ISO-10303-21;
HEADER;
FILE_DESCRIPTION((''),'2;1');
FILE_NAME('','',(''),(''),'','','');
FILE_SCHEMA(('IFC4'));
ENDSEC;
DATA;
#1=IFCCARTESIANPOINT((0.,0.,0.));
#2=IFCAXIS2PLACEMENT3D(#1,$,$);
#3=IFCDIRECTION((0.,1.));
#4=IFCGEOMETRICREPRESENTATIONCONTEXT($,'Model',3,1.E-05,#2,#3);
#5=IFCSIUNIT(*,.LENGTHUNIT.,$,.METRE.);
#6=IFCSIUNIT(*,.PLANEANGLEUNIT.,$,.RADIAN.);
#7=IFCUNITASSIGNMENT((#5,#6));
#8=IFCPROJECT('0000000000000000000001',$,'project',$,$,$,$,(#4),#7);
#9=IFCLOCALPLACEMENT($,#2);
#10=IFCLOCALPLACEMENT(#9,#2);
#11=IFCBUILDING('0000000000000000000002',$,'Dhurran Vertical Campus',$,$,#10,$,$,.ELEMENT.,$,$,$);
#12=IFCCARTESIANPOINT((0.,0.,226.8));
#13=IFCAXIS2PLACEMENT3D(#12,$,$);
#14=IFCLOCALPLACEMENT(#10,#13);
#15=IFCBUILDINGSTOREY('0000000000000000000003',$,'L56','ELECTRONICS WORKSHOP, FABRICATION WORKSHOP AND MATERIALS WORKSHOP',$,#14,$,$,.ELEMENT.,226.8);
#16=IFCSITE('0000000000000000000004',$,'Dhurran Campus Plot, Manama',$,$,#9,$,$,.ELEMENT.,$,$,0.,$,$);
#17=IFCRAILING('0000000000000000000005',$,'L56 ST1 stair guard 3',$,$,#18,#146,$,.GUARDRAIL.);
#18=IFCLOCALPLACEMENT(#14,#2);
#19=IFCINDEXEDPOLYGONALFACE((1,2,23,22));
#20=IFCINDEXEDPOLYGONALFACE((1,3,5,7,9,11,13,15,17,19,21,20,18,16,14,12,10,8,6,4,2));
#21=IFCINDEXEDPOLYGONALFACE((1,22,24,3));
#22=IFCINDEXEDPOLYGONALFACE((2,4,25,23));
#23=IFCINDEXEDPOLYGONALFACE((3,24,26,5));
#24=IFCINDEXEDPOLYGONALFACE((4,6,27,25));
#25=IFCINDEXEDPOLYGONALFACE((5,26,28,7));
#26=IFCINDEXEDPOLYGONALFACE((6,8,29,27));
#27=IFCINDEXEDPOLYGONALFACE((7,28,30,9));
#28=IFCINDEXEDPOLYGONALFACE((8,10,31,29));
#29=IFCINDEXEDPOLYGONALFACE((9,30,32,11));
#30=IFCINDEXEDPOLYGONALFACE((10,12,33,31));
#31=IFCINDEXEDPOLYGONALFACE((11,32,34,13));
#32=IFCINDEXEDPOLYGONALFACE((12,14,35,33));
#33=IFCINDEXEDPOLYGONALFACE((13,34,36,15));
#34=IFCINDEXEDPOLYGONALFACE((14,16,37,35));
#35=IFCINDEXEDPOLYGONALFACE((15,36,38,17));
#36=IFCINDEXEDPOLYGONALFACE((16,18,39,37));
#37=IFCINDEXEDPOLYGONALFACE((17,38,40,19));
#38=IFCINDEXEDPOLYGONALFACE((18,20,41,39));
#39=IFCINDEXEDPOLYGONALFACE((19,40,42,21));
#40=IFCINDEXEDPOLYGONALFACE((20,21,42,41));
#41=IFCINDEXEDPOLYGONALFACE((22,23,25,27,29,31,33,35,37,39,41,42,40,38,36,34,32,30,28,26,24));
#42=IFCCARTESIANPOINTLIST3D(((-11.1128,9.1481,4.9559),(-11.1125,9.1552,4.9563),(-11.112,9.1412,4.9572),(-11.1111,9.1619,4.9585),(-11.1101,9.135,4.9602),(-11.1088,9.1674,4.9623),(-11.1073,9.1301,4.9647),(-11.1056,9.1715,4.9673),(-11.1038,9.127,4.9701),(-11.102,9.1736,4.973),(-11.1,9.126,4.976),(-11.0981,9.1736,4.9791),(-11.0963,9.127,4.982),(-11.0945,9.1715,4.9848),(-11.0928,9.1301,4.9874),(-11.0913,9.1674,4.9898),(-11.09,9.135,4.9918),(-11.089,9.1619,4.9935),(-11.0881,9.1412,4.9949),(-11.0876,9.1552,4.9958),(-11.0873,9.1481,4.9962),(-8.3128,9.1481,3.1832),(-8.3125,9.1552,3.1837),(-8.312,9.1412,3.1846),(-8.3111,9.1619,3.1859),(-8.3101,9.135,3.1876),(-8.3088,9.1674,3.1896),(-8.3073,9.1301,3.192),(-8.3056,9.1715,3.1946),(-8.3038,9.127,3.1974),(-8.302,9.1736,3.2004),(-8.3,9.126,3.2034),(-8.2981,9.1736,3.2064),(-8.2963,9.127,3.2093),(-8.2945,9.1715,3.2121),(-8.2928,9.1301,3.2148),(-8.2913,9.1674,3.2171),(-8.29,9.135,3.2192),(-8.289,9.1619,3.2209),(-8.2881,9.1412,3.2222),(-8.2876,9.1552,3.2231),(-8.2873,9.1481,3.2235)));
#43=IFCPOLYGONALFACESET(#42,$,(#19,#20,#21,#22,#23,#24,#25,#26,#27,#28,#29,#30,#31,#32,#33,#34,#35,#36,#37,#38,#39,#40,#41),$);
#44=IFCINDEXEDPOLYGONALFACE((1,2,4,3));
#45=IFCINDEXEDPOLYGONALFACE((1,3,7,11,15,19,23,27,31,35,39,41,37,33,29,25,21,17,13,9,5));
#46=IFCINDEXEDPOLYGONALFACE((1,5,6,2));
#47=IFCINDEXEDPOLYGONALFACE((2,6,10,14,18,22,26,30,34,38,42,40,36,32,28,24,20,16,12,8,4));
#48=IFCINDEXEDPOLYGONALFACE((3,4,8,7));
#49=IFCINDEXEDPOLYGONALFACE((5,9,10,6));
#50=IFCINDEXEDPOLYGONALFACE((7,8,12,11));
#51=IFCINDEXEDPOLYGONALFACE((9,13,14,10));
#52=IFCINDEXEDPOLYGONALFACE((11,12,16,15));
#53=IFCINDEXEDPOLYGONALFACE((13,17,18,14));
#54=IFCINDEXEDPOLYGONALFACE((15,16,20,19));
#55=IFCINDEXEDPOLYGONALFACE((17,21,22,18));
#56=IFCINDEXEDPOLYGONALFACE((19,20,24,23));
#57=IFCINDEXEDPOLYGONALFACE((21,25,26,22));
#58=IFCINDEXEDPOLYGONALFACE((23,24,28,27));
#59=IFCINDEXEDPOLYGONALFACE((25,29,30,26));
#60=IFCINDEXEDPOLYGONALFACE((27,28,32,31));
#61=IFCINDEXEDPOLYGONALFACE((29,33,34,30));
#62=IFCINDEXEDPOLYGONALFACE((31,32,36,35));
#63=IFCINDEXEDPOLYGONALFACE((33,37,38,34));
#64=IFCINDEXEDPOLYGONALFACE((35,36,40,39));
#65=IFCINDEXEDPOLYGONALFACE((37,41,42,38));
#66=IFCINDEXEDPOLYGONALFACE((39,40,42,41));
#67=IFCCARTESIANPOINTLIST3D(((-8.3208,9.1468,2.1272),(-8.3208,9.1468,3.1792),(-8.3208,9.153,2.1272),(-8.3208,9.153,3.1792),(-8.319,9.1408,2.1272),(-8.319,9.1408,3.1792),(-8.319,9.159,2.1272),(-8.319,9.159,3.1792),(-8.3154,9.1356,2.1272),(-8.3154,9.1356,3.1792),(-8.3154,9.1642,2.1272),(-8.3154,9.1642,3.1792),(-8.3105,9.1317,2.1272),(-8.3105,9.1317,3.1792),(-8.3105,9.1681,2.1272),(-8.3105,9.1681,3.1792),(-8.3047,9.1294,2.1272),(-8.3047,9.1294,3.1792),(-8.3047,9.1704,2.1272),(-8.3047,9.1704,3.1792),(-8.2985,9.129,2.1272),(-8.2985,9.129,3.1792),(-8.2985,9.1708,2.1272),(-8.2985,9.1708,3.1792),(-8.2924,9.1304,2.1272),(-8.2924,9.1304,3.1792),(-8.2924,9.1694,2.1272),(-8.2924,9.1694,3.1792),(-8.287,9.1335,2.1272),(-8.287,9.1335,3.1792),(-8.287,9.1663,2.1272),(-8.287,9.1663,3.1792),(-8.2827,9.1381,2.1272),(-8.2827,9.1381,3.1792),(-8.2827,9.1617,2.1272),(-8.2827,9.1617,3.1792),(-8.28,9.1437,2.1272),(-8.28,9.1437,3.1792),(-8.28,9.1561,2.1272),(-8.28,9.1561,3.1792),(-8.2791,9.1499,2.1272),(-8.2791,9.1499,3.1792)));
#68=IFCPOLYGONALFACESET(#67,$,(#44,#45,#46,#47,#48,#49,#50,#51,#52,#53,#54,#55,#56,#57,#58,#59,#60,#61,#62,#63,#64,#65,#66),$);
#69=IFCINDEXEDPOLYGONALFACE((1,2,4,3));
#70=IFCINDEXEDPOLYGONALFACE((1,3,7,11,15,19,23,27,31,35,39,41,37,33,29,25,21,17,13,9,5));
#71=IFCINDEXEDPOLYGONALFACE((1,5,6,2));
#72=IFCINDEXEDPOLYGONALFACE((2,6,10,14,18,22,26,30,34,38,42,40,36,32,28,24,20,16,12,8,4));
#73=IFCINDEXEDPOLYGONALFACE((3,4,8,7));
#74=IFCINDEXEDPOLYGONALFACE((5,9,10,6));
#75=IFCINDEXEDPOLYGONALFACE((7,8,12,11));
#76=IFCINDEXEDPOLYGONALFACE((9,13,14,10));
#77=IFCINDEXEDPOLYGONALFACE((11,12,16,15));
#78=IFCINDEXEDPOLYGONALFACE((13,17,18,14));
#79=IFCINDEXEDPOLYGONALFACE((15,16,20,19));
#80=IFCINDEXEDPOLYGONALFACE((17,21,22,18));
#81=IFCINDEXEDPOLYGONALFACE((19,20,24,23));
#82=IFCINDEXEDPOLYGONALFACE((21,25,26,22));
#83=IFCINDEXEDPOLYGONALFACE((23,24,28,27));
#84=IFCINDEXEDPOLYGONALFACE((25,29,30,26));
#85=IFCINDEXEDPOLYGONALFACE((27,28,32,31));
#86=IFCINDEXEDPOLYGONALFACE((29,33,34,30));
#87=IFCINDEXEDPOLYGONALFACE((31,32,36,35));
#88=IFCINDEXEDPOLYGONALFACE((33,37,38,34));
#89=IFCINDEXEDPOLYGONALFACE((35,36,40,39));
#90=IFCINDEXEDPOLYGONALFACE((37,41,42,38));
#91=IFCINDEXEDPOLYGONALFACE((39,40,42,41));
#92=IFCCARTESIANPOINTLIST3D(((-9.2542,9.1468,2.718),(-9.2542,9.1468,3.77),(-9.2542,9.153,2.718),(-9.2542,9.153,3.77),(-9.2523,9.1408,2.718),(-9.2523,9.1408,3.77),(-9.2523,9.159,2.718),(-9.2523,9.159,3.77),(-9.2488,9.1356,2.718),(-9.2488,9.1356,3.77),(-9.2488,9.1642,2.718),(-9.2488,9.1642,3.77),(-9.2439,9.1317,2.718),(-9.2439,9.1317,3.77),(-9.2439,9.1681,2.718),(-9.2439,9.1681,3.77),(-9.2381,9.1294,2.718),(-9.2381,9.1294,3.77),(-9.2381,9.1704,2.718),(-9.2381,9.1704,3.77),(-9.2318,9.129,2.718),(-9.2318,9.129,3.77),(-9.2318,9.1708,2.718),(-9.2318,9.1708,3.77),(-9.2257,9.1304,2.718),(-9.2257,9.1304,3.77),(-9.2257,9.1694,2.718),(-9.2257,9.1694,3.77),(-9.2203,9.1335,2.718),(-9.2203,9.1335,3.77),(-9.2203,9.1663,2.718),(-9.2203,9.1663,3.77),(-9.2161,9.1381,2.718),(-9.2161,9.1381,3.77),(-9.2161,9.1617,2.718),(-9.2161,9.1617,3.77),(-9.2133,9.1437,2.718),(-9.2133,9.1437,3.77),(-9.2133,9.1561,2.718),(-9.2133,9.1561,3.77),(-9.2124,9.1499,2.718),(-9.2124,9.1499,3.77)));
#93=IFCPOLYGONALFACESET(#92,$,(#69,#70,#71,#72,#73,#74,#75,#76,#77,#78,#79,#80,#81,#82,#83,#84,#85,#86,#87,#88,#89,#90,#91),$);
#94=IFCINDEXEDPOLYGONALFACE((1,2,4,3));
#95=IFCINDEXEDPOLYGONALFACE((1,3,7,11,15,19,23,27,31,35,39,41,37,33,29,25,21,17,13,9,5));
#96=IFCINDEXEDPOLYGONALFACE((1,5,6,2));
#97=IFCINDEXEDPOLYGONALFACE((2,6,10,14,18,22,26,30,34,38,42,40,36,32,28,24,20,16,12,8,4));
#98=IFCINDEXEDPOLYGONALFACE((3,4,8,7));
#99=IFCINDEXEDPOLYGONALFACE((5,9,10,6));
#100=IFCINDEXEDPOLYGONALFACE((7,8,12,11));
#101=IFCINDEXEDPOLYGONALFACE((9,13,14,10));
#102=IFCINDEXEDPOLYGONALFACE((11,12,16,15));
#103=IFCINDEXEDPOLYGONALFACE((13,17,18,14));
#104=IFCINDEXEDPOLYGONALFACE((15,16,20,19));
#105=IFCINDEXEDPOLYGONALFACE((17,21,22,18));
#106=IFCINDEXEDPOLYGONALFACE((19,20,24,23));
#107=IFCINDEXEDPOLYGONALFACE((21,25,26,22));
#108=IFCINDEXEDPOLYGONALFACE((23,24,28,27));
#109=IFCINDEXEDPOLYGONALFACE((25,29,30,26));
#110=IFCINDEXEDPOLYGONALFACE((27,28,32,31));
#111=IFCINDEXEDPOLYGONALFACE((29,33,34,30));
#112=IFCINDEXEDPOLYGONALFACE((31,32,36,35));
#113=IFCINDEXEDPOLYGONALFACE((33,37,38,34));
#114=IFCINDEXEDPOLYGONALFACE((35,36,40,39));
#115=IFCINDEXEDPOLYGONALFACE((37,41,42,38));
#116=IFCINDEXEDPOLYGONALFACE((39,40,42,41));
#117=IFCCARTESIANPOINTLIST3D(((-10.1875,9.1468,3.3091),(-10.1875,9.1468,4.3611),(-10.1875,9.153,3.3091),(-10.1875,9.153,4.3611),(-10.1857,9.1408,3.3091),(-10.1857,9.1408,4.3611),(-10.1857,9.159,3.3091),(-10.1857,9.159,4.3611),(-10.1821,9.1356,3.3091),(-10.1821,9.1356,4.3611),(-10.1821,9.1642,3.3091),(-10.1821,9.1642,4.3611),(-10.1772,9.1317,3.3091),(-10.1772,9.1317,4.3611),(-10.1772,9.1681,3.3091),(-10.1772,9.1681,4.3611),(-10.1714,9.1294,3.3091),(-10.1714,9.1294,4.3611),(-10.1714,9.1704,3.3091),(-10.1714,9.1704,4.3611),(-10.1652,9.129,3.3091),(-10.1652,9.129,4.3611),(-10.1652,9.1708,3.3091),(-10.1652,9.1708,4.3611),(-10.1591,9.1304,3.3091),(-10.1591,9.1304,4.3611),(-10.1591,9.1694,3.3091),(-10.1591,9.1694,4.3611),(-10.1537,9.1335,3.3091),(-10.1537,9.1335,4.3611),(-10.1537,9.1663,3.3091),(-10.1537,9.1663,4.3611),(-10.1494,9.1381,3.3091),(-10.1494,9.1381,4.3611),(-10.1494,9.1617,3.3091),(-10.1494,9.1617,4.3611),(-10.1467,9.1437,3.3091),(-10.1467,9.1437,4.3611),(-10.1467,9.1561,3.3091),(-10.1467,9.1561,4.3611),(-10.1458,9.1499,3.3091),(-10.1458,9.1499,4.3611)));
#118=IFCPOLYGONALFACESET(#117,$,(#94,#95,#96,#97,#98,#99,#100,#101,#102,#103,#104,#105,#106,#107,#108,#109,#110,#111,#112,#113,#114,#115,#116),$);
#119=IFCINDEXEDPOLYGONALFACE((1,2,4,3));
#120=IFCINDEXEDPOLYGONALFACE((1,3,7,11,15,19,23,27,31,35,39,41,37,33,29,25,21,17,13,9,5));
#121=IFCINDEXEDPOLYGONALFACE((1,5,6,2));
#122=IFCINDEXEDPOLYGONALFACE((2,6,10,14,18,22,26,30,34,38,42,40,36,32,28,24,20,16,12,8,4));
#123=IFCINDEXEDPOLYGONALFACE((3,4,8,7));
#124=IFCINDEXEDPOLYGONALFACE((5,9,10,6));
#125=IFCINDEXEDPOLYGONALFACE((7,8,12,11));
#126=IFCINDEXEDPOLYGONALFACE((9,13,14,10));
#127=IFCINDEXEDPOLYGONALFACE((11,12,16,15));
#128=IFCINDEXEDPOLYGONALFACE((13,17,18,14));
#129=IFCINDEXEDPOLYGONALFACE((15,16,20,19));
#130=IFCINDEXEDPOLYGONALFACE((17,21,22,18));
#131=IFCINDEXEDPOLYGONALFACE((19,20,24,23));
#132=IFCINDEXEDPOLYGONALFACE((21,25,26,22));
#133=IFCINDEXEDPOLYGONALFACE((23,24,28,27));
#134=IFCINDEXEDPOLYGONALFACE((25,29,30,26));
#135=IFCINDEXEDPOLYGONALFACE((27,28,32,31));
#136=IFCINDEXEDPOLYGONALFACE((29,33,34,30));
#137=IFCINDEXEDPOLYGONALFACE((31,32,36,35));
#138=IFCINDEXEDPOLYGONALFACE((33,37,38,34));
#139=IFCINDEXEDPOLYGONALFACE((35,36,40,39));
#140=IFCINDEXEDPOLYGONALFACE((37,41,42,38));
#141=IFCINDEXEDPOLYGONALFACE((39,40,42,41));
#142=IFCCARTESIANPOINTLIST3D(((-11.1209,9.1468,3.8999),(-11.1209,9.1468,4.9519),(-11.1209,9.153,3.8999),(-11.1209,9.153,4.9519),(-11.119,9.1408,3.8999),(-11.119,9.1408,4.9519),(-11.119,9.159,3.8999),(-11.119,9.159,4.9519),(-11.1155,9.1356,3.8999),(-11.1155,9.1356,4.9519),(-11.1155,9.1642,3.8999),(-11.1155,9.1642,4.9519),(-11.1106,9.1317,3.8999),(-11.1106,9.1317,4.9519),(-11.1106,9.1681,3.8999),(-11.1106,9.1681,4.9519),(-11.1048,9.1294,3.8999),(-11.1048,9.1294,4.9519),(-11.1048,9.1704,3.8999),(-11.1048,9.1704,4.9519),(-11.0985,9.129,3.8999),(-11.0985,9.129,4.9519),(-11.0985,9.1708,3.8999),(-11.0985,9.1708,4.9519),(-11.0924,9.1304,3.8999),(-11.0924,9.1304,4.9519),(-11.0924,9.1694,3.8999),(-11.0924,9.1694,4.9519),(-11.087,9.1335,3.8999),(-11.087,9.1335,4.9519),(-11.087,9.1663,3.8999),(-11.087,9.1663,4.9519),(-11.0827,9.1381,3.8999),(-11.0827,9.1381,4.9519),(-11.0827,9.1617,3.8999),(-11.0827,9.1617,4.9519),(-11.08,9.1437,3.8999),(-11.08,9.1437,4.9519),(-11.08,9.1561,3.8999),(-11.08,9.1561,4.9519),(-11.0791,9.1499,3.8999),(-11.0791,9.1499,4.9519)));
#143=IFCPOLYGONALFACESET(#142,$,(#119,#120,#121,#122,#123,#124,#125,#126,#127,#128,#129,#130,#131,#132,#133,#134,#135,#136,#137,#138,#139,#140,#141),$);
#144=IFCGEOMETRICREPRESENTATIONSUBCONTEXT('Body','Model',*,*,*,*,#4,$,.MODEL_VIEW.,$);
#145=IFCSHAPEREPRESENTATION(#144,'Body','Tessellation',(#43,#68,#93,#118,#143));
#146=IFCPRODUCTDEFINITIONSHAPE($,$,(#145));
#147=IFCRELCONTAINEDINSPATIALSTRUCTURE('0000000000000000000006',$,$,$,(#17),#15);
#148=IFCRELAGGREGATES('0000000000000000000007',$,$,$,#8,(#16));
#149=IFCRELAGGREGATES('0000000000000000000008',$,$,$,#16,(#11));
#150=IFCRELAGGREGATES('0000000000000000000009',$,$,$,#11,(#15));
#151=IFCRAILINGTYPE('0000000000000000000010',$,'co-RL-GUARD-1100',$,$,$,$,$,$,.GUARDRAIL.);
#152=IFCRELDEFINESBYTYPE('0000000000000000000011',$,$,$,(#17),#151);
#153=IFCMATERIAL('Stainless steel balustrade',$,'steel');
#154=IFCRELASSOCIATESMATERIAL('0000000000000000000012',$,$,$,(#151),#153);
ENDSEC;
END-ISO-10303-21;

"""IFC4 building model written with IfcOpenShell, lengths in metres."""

from ifc_helpers import new_model, si_unit, direction, frame, origin, origin_2d, place, context, subcontext, project, spatial, circle, extrude, material, type_object, element, save


model = new_model("IFC4")

# Units and contexts
model_context = context("Model", 3, precision=1e-05, world=origin(), true_north=direction((0.0, 1.0)))
body_context = subcontext(model_context, "Body", "Model", "MODEL_VIEW")
ifc_project = project(units=[si_unit("LENGTHUNIT", "METRE"), si_unit("PLANEANGLEUNIT", "RADIAN")], contexts=[model_context])

# Site, building, storey
site_placement = place(None, origin())
site = spatial("IfcSite", under=ifc_project, at=site_placement, Name="Dhurran Campus Plot, Manama", CompositionType="ELEMENT", RefElevation=0.0)
building_placement = place(site_placement, origin())
building = spatial("IfcBuilding", under=site, at=building_placement, Name="Dhurran Vertical Campus", CompositionType="ELEMENT")
storey_placement = place(building_placement, frame((0.0, 0.0, 226.8)))
storey = spatial("IfcBuildingStorey", under=building, at=storey_placement, Name="L56", Description="ELECTRONICS WORKSHOP, FABRICATION WORKSHOP AND MATERIALS WORKSHOP", CompositionType="ELEMENT", Elevation=226.8)

# Railing
ifc_material_1 = material(Name="Stainless steel balustrade", Category="steel")
railing_type_1 = type_object("IfcRailingType", Name="co-RL-GUARD-1100", PredefinedType="GUARDRAIL", material=ifc_material_1)
railing_1_placement = place(storey_placement, frame((-8.3, 9.1499, 2.1272)))
element("IfcRailing", 1, at=railing_1_placement, inside=storey, type_object=railing_type_1, Name="L56 ST1 stair guard 3", PredefinedType="GUARDRAIL", context=body_context, shape_type="SweptSolid", body=[
    extrude(circle(Radius=0.0239, at=origin_2d()), frame((0.0, 0.0, 1.0762), z_axis=(-0.844909, 0.0, 0.53491), x_axis=(0.0, -1.0, 0.0)), (0.0, 0.0, 1.0), 3.314),
    extrude(circle(Radius=0.021, at=origin_2d()), origin(), (0.0, 0.0, 1.0), 1.052),
    extrude(circle(Radius=0.021, at=origin_2d()), frame((-0.9333, 0.0, 0.5908)), (0.0, 0.0, 1.0), 1.052),
    extrude(circle(Radius=0.021, at=origin_2d()), frame((-1.8667, 0.0, 1.1819)), (0.0, 0.0, 1.0), 1.052),
    extrude(circle(Radius=0.021, at=origin_2d()), frame((-2.8, 0.0, 1.7727)), (0.0, 0.0, 1.0), 1.052),
])

save(model, "model.ifc")
